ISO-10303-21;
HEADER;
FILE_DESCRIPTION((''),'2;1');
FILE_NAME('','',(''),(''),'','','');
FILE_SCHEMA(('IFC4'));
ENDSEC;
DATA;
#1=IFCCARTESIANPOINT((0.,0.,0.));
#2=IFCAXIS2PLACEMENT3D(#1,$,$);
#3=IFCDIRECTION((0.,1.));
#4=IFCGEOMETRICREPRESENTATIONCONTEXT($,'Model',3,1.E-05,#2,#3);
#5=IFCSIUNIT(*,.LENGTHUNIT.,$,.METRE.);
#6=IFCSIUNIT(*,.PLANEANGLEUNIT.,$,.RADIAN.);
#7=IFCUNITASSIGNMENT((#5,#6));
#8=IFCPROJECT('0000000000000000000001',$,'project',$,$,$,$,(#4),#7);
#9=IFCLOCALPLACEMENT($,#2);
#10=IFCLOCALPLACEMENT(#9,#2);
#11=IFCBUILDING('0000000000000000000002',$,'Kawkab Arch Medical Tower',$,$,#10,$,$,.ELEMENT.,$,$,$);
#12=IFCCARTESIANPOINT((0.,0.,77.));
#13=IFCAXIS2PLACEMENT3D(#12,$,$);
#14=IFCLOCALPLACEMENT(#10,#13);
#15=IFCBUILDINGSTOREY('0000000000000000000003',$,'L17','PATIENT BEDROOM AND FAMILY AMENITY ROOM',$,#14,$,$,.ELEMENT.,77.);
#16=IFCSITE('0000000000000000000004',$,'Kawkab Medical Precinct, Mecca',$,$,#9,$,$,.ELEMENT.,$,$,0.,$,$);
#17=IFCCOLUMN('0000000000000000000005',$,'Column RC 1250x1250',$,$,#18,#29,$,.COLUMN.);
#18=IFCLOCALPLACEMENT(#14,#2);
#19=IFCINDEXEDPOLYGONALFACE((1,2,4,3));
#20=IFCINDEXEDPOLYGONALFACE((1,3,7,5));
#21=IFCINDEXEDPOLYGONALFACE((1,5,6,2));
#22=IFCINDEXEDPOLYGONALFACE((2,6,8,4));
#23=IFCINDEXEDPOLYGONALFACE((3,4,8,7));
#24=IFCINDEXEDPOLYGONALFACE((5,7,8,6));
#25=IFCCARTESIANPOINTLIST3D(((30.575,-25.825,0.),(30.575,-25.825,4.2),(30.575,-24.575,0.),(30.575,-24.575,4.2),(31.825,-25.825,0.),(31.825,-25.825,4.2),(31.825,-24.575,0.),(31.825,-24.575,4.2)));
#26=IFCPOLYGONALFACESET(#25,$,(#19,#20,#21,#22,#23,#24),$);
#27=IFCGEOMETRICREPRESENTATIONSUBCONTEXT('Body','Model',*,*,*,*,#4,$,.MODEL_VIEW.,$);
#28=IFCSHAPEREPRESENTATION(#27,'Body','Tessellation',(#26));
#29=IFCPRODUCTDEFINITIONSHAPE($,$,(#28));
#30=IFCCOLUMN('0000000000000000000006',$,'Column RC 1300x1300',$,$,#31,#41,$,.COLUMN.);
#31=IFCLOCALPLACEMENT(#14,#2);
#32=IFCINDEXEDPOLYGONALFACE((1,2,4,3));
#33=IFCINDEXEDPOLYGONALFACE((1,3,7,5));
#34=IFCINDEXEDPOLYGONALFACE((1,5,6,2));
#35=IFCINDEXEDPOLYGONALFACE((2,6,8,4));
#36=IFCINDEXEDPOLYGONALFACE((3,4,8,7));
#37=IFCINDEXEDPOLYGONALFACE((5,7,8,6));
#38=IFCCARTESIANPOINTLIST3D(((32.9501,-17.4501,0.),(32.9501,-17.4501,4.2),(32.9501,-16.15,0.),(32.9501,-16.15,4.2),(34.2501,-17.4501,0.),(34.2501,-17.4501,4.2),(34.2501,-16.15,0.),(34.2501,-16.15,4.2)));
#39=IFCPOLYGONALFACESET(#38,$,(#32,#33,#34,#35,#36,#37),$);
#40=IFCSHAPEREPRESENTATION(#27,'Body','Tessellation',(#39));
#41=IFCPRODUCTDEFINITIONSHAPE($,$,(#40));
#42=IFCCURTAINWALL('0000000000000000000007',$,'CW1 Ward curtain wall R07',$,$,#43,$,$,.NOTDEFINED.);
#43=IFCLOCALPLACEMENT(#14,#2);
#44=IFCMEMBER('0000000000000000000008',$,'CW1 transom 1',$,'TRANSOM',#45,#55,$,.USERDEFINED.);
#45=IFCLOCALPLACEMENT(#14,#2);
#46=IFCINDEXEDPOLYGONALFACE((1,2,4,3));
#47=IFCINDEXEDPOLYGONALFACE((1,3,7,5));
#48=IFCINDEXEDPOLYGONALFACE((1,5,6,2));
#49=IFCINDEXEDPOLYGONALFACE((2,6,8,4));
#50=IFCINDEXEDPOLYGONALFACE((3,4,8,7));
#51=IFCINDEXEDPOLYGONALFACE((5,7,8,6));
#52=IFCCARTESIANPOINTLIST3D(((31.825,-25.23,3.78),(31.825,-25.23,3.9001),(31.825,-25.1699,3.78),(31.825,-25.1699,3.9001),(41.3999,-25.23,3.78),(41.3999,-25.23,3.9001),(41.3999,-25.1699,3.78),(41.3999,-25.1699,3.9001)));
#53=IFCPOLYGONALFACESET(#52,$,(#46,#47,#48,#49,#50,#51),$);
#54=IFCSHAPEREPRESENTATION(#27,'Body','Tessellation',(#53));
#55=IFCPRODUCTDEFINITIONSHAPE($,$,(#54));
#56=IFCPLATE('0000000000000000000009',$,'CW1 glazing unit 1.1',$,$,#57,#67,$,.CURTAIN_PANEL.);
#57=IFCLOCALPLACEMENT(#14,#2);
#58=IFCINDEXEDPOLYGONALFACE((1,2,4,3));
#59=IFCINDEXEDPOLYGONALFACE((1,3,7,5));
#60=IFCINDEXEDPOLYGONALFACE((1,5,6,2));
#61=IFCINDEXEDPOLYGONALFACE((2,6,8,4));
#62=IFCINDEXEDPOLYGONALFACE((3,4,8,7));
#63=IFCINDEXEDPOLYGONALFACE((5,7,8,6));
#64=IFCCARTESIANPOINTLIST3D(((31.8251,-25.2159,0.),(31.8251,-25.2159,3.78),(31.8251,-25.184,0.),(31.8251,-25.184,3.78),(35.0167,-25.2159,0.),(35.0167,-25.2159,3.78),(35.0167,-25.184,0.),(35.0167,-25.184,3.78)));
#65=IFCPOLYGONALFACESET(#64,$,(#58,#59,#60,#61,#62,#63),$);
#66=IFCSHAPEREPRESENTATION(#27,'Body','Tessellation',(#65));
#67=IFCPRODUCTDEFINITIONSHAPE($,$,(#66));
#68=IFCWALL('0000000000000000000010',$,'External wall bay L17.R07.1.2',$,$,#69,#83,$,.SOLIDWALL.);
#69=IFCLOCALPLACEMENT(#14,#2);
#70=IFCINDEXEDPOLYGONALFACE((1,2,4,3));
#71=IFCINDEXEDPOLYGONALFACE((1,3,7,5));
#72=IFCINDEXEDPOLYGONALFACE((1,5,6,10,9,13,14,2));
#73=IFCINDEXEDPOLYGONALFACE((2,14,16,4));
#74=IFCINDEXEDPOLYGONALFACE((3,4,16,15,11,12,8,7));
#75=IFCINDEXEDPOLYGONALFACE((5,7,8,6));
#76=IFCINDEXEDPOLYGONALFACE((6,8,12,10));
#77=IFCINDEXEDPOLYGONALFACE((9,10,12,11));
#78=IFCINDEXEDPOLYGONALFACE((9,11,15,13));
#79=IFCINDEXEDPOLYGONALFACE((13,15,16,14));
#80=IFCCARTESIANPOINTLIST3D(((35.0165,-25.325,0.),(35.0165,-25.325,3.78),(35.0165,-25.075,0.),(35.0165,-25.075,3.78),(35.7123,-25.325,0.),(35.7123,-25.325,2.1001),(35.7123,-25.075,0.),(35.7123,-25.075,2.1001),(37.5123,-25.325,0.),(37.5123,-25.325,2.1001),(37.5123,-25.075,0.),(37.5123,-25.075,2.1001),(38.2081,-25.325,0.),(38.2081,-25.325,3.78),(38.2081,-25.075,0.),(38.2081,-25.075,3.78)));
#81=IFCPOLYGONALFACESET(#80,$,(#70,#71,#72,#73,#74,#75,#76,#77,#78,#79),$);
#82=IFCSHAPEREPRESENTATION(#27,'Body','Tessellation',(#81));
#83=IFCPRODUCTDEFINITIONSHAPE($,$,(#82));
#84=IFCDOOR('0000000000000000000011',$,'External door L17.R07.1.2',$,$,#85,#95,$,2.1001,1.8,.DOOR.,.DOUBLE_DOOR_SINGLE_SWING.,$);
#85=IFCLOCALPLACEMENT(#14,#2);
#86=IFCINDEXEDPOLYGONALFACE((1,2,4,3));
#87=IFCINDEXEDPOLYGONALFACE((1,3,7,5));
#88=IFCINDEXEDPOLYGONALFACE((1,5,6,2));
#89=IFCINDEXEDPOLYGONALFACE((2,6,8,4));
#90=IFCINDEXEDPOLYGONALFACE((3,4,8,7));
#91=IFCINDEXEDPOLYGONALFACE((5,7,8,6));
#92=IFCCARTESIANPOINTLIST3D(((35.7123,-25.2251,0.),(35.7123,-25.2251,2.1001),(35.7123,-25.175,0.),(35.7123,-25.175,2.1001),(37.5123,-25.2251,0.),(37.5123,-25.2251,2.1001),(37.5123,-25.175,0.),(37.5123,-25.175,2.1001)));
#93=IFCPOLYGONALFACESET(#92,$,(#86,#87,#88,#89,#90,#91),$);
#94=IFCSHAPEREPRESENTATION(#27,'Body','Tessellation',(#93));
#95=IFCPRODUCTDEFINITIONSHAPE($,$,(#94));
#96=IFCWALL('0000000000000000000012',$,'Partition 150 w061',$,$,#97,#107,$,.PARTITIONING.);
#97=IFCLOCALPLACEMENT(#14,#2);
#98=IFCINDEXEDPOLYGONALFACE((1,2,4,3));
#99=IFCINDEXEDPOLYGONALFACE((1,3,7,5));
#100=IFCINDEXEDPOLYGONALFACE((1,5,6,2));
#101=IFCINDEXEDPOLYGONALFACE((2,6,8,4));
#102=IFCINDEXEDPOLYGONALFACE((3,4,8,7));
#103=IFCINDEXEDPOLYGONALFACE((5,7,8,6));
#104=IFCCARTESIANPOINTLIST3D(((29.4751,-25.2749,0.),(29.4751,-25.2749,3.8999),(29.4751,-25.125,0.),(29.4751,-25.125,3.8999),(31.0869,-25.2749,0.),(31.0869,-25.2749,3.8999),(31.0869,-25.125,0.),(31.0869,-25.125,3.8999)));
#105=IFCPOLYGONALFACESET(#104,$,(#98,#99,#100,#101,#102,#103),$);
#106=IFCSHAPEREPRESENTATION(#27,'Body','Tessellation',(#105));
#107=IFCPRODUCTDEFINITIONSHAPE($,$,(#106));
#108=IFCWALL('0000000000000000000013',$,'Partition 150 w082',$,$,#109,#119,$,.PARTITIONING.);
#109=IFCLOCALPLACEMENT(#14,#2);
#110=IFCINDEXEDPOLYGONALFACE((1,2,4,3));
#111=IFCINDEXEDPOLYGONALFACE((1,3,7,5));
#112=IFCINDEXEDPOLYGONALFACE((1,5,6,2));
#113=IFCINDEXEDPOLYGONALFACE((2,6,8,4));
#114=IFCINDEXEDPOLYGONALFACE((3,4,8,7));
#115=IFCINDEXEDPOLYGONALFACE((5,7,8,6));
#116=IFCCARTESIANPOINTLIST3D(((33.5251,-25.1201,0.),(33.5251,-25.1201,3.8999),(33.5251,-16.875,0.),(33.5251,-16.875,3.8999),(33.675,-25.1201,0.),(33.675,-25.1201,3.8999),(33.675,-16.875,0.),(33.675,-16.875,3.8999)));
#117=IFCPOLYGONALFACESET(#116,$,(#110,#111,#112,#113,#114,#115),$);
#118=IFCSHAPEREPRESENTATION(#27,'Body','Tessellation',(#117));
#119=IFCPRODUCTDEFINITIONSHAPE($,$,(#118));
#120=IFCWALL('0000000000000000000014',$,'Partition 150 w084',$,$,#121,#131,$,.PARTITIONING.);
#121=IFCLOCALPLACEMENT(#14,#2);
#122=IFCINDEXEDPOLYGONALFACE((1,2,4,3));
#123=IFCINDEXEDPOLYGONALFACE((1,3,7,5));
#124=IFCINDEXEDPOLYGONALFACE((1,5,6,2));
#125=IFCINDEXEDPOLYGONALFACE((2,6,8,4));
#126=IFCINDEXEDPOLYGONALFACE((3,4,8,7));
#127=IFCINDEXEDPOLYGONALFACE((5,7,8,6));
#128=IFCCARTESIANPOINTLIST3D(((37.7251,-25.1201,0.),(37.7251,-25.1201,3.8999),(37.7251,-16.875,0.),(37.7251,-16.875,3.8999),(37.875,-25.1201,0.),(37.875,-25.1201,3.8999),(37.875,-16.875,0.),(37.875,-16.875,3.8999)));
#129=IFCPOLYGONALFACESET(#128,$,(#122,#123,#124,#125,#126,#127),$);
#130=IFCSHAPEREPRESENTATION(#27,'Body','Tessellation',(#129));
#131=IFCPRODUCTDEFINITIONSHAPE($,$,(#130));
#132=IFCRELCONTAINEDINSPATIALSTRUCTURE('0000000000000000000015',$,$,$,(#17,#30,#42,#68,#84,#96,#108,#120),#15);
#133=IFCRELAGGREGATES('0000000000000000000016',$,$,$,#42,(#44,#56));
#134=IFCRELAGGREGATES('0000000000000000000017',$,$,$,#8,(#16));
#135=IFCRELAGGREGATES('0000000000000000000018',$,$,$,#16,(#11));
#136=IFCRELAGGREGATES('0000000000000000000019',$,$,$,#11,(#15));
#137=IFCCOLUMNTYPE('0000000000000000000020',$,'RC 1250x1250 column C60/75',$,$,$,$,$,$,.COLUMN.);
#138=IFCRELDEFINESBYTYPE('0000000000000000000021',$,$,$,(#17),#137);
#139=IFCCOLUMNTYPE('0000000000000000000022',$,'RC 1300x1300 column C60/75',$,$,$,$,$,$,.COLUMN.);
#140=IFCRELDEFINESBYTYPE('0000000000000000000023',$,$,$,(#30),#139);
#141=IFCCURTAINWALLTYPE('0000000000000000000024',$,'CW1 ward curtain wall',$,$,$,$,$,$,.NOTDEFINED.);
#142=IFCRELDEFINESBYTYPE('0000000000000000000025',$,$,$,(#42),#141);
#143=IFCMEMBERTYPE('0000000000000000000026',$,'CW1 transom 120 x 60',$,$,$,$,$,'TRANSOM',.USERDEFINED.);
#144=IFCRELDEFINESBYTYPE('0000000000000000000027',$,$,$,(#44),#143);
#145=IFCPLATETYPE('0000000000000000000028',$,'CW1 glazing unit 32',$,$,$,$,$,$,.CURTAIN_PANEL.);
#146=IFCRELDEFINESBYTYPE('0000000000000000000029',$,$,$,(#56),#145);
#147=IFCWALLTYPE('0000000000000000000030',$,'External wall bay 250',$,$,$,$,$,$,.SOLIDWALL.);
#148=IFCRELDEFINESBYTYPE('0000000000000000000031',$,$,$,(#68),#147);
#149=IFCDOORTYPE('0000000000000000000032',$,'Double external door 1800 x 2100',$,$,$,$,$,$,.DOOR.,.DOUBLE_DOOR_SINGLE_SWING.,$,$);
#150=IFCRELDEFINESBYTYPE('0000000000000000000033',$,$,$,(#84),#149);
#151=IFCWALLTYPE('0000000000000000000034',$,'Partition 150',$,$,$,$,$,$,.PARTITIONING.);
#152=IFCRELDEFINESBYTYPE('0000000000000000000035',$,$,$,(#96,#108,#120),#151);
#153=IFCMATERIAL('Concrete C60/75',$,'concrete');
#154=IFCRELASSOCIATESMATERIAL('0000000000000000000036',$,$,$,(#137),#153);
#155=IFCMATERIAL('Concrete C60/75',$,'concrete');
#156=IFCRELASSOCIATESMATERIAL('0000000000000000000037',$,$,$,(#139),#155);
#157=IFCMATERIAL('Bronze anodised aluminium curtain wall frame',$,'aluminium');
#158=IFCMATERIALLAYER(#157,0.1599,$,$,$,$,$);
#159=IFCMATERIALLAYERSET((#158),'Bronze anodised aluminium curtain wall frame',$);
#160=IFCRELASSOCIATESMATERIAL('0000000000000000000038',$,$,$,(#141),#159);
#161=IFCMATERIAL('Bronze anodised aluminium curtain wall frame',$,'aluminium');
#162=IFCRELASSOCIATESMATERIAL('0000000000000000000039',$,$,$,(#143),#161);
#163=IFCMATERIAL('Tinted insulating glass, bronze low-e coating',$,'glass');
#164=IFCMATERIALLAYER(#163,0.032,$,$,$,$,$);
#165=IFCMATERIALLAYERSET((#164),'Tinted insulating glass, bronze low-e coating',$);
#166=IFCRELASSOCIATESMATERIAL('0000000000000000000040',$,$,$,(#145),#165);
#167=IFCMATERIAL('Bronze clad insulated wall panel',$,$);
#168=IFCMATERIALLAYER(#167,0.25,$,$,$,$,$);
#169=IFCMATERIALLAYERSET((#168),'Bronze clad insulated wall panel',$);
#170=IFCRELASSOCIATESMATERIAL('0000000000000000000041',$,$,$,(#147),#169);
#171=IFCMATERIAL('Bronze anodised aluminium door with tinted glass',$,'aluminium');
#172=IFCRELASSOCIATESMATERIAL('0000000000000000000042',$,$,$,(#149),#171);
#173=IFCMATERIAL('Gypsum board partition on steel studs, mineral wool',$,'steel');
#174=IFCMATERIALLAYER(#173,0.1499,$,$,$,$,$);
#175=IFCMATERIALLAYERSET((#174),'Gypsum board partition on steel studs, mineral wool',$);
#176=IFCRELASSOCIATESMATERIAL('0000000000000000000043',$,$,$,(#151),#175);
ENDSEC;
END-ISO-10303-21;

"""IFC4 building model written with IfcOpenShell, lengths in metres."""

from ifc_helpers import new_model, si_unit, direction, frame, frame_2d, origin, origin_2d, place, context, subcontext, project, spatial, rectangle, extrude, material, layer, layer_set, material_profile, profile_set, type_object, element, fill, aggregate, save


model = new_model("IFC4")

# Units and contexts
model_context = context("Model", 3, precision=1e-05, world=origin(), true_north=direction((0.0, 1.0)))
body_context = subcontext(model_context, "Body", "Model", "MODEL_VIEW")
ifc_project = project(units=[si_unit("LENGTHUNIT", "METRE"), si_unit("PLANEANGLEUNIT", "RADIAN")], contexts=[model_context])

# Site, building, storey
site_placement = place(None, origin())
site = spatial("IfcSite", under=ifc_project, at=site_placement, Name="Kawkab Medical Precinct, Mecca", CompositionType="ELEMENT", RefElevation=0.0)
building_placement = place(site_placement, origin())
building = spatial("IfcBuilding", under=site, at=building_placement, Name="Kawkab Arch Medical Tower", CompositionType="ELEMENT")
storey_placement = place(building_placement, frame((0.0, 0.0, 77.0)))
storey = spatial("IfcBuildingStorey", under=building, at=storey_placement, Name="L17", Description="PATIENT BEDROOM AND FAMILY AMENITY ROOM", CompositionType="ELEMENT", Elevation=77.0)

# Columns
ifc_material_1 = material(Name="Concrete C60/75", Category="concrete")
ifc_material_profile_1 = material_profile(ifc_material_1, rectangle(XDim=1.25, YDim=1.25, at=origin_2d()), Name="RC 1250x1250")
ifc_profile_set_1 = profile_set([ifc_material_profile_1], Name="Concrete C60/75")
column_type_1 = type_object("IfcColumnType", Name="RC 1250x1250 column C60/75", PredefinedType="COLUMN", material=ifc_profile_set_1)
column_1_placement = place(storey_placement, frame((31.2, -25.2, 0.0), z_axis=(0.0, 0.0, 1.0), x_axis=(1.0, 0.0, 0.0)))
element("IfcColumn", 1, at=column_1_placement, inside=storey, type_object=column_type_1, Name="Column RC 1250x1250", PredefinedType="COLUMN", context=body_context, shape_type="SweptSolid", body=[
    extrude(rectangle(XDim=1.25, YDim=1.25, at=origin_2d()), origin(), (0.0, 0.0, 1.0), 4.2),
])
ifc_material_2 = material(Name="Concrete C60/75", Category="concrete")
ifc_material_profile_2 = material_profile(ifc_material_2, rectangle(XDim=1.3, YDim=1.3, at=origin_2d()), Name="RC 1300x1300")
ifc_profile_set_2 = profile_set([ifc_material_profile_2], Name="Concrete C60/75")
column_type_2 = type_object("IfcColumnType", Name="RC 1300x1300 column C60/75", PredefinedType="COLUMN", material=ifc_profile_set_2)
column_2_placement = place(storey_placement, frame((33.6001, -16.8, 0.0), z_axis=(0.0, 0.0, 1.0), x_axis=(1.0, 0.0, 0.0)))
element("IfcColumn", 2, at=column_2_placement, inside=storey, type_object=column_type_2, Name="Column RC 1300x1300", PredefinedType="COLUMN", context=body_context, shape_type="SweptSolid", body=[
    extrude(rectangle(XDim=1.3, YDim=1.3, at=origin_2d()), origin(), (0.0, 0.0, 1.0), 4.2),
])

# Curtain wall, member, plate
ifc_material_3 = material(Name="Bronze anodised aluminium curtain wall frame", Category="aluminium")
ifc_layer_1 = layer(ifc_material_3, 0.1599)
ifc_layer_set_1 = layer_set([ifc_layer_1], Name="Bronze anodised aluminium curtain wall frame")
curtain_wall_type = type_object("IfcCurtainWallType", Name="CW1 ward curtain wall", PredefinedType="NOTDEFINED", material=ifc_layer_set_1)
curtain_wall_placement = place(storey_placement, origin())
curtain_wall = element("IfcCurtainWall", 3, at=curtain_wall_placement, inside=storey, type_object=curtain_wall_type, Name="CW1 Ward curtain wall R07", PredefinedType="NOTDEFINED")
ifc_material_4 = material(Name="Bronze anodised aluminium curtain wall frame", Category="aluminium")
ifc_material_profile_3 = material_profile(ifc_material_4, rectangle(XDim=0.0601, YDim=0.1201, at=origin_2d()), Name="AL 60x120")
ifc_profile_set_3 = profile_set([ifc_material_profile_3], Name="Bronze anodised aluminium curtain wall frame")
member_type = type_object("IfcMemberType", Name="CW1 transom 120 x 60", ElementType="TRANSOM", PredefinedType="USERDEFINED", material=ifc_profile_set_3)
member_placement = place(storey_placement, frame((31.825, -25.2, 3.8401), z_axis=(1.0, 0.0, 0.0), x_axis=(0.0, 1.0, 0.0)))
member = element("IfcMember", 4, at=member_placement, type_object=member_type, Name="CW1 transom 1", ObjectType="TRANSOM", PredefinedType="USERDEFINED", context=body_context, shape_type="SweptSolid", body=[
    extrude(rectangle(XDim=0.0601, YDim=0.1201, at=origin_2d()), origin(), (0.0, 0.0, 1.0), 9.575),
])
ifc_material_5 = material(Name="Tinted insulating glass, bronze low-e coating", Category="glass")
ifc_layer_2 = layer(ifc_material_5, 0.032)
ifc_layer_set_2 = layer_set([ifc_layer_2], Name="Tinted insulating glass, bronze low-e coating")
plate_type = type_object("IfcPlateType", Name="CW1 glazing unit 32", PredefinedType="CURTAIN_PANEL", material=ifc_layer_set_2)
plate_placement = place(storey_placement, frame((33.4209, -25.2, 0.0), z_axis=(0.0, 0.0, 1.0), x_axis=(1.0, 0.0, 0.0)))
plate = element("IfcPlate", 5, at=plate_placement, type_object=plate_type, Name="CW1 glazing unit 1.1", PredefinedType="CURTAIN_PANEL", context=body_context, shape_type="SweptSolid", body=[
    extrude(rectangle(XDim=3.1917, YDim=0.032, at=origin_2d()), origin(), (0.0, 0.0, 1.0), 3.78),
])
aggregate(curtain_wall, [member, plate])

# Wall, opening, door
ifc_material_6 = material(Name="Bronze clad insulated wall panel")
ifc_layer_3 = layer(ifc_material_6, 0.25)
ifc_layer_set_3 = layer_set([ifc_layer_3], Name="Bronze clad insulated wall panel")
wall_type_1 = type_object("IfcWallType", Name="External wall bay 250", PredefinedType="SOLIDWALL", material=ifc_layer_set_3)
wall_1_placement = place(storey_placement, frame((35.0166, -25.2, 0.0), z_axis=(0.0, 0.0, 1.0), x_axis=(1.0, 0.0, 0.0)))
wall_1 = element("IfcWall", 6, at=wall_1_placement, inside=storey, type_object=wall_type_1, Name="External wall bay L17.R07.1.2", PredefinedType="SOLIDWALL", context=body_context, shape_type="SweptSolid", body=[
    extrude(rectangle(XDim=3.1917, YDim=0.25, at=frame_2d((1.5957, 0.0))), origin(), (0.0, 0.0, 1.0), 3.78),
])
opening_placement = place(wall_1_placement, frame((0.6958, 0.0, 0.0)))
opening = element("IfcOpeningElement", 7, at=opening_placement, cuts=wall_1, PredefinedType="OPENING", context=body_context, shape_type="SweptSolid", body=[
    extrude(rectangle(XDim=1.8, YDim=2.1001, at=frame_2d((0.8999, 1.05))), frame((0.0, 0.135, 0.0), z_axis=(0.0, -1.0, 0.0), x_axis=(1.0, 0.0, 0.0)), (0.0, 0.0, 1.0), 0.27),
])
ifc_material_7 = material(Name="Bronze anodised aluminium door with tinted glass", Category="aluminium")
door_type = type_object("IfcDoorType", Name="Double external door 1800 x 2100", OperationType="DOUBLE_DOOR_SINGLE_SWING", PredefinedType="DOOR", material=ifc_material_7)
door_placement = place(opening_placement, origin())
door = element("IfcDoor", 8, at=door_placement, inside=storey, type_object=door_type, Name="External door L17.R07.1.2", OperationType="DOUBLE_DOOR_SINGLE_SWING", OverallHeight=2.1001, OverallWidth=1.8, PredefinedType="DOOR", context=body_context, shape_type="SweptSolid", body=[
    extrude(rectangle(XDim=1.8, YDim=2.1001, at=frame_2d((0.8999, 1.05))), frame((0.0, 0.0249, 0.0), z_axis=(0.0, -1.0, 0.0), x_axis=(1.0, 0.0, 0.0)), (0.0, 0.0, 1.0), 0.05),
])
fill(opening, door)

# Walls
ifc_material_8 = material(Name="Gypsum board partition on steel studs, mineral wool", Category="steel")
ifc_layer_4 = layer(ifc_material_8, 0.1499)
ifc_layer_set_4 = layer_set([ifc_layer_4], Name="Gypsum board partition on steel studs, mineral wool")
wall_type_2 = type_object("IfcWallType", Name="Partition 150", PredefinedType="PARTITIONING", material=ifc_layer_set_4)
wall_2_placement = place(storey_placement, frame((29.4751, -25.2, 0.0), z_axis=(0.0, 0.0, 1.0), x_axis=(1.0, 0.0, 0.0)))
element("IfcWall", 9, at=wall_2_placement, inside=storey, type_object=wall_type_2, Name="Partition 150 w061", PredefinedType="PARTITIONING", context=body_context, shape_type="SweptSolid", body=[
    extrude(rectangle(XDim=1.6118, YDim=0.1499, at=frame_2d((0.8059, 0.0))), origin(), (0.0, 0.0, 1.0), 3.8999),
])
for number, where, z_axis, x_axis, name in (
    (10, (33.6001, -25.1201, 0.0), (0.0, 0.0, 1.0), (0.0, 1.0, 0.0), "Partition 150 w082"),
    (11, (37.8, -25.1201, 0.0), (0.0, 0.0, 1.0), (0.0, 1.0, 0.0), "Partition 150 w084"),
):
    element("IfcWall", number, at=place(storey_placement, frame(where, z_axis=z_axis, x_axis=x_axis)), inside=storey, type_object=wall_type_2, Name=name, PredefinedType="PARTITIONING", context=body_context, shape_type="SweptSolid", body=[
        extrude(rectangle(XDim=8.2451, YDim=0.1499, at=frame_2d((4.1226, 0.0))), origin(), (0.0, 0.0, 1.0), 3.8999),
    ])

save(model, "model.ifc")
